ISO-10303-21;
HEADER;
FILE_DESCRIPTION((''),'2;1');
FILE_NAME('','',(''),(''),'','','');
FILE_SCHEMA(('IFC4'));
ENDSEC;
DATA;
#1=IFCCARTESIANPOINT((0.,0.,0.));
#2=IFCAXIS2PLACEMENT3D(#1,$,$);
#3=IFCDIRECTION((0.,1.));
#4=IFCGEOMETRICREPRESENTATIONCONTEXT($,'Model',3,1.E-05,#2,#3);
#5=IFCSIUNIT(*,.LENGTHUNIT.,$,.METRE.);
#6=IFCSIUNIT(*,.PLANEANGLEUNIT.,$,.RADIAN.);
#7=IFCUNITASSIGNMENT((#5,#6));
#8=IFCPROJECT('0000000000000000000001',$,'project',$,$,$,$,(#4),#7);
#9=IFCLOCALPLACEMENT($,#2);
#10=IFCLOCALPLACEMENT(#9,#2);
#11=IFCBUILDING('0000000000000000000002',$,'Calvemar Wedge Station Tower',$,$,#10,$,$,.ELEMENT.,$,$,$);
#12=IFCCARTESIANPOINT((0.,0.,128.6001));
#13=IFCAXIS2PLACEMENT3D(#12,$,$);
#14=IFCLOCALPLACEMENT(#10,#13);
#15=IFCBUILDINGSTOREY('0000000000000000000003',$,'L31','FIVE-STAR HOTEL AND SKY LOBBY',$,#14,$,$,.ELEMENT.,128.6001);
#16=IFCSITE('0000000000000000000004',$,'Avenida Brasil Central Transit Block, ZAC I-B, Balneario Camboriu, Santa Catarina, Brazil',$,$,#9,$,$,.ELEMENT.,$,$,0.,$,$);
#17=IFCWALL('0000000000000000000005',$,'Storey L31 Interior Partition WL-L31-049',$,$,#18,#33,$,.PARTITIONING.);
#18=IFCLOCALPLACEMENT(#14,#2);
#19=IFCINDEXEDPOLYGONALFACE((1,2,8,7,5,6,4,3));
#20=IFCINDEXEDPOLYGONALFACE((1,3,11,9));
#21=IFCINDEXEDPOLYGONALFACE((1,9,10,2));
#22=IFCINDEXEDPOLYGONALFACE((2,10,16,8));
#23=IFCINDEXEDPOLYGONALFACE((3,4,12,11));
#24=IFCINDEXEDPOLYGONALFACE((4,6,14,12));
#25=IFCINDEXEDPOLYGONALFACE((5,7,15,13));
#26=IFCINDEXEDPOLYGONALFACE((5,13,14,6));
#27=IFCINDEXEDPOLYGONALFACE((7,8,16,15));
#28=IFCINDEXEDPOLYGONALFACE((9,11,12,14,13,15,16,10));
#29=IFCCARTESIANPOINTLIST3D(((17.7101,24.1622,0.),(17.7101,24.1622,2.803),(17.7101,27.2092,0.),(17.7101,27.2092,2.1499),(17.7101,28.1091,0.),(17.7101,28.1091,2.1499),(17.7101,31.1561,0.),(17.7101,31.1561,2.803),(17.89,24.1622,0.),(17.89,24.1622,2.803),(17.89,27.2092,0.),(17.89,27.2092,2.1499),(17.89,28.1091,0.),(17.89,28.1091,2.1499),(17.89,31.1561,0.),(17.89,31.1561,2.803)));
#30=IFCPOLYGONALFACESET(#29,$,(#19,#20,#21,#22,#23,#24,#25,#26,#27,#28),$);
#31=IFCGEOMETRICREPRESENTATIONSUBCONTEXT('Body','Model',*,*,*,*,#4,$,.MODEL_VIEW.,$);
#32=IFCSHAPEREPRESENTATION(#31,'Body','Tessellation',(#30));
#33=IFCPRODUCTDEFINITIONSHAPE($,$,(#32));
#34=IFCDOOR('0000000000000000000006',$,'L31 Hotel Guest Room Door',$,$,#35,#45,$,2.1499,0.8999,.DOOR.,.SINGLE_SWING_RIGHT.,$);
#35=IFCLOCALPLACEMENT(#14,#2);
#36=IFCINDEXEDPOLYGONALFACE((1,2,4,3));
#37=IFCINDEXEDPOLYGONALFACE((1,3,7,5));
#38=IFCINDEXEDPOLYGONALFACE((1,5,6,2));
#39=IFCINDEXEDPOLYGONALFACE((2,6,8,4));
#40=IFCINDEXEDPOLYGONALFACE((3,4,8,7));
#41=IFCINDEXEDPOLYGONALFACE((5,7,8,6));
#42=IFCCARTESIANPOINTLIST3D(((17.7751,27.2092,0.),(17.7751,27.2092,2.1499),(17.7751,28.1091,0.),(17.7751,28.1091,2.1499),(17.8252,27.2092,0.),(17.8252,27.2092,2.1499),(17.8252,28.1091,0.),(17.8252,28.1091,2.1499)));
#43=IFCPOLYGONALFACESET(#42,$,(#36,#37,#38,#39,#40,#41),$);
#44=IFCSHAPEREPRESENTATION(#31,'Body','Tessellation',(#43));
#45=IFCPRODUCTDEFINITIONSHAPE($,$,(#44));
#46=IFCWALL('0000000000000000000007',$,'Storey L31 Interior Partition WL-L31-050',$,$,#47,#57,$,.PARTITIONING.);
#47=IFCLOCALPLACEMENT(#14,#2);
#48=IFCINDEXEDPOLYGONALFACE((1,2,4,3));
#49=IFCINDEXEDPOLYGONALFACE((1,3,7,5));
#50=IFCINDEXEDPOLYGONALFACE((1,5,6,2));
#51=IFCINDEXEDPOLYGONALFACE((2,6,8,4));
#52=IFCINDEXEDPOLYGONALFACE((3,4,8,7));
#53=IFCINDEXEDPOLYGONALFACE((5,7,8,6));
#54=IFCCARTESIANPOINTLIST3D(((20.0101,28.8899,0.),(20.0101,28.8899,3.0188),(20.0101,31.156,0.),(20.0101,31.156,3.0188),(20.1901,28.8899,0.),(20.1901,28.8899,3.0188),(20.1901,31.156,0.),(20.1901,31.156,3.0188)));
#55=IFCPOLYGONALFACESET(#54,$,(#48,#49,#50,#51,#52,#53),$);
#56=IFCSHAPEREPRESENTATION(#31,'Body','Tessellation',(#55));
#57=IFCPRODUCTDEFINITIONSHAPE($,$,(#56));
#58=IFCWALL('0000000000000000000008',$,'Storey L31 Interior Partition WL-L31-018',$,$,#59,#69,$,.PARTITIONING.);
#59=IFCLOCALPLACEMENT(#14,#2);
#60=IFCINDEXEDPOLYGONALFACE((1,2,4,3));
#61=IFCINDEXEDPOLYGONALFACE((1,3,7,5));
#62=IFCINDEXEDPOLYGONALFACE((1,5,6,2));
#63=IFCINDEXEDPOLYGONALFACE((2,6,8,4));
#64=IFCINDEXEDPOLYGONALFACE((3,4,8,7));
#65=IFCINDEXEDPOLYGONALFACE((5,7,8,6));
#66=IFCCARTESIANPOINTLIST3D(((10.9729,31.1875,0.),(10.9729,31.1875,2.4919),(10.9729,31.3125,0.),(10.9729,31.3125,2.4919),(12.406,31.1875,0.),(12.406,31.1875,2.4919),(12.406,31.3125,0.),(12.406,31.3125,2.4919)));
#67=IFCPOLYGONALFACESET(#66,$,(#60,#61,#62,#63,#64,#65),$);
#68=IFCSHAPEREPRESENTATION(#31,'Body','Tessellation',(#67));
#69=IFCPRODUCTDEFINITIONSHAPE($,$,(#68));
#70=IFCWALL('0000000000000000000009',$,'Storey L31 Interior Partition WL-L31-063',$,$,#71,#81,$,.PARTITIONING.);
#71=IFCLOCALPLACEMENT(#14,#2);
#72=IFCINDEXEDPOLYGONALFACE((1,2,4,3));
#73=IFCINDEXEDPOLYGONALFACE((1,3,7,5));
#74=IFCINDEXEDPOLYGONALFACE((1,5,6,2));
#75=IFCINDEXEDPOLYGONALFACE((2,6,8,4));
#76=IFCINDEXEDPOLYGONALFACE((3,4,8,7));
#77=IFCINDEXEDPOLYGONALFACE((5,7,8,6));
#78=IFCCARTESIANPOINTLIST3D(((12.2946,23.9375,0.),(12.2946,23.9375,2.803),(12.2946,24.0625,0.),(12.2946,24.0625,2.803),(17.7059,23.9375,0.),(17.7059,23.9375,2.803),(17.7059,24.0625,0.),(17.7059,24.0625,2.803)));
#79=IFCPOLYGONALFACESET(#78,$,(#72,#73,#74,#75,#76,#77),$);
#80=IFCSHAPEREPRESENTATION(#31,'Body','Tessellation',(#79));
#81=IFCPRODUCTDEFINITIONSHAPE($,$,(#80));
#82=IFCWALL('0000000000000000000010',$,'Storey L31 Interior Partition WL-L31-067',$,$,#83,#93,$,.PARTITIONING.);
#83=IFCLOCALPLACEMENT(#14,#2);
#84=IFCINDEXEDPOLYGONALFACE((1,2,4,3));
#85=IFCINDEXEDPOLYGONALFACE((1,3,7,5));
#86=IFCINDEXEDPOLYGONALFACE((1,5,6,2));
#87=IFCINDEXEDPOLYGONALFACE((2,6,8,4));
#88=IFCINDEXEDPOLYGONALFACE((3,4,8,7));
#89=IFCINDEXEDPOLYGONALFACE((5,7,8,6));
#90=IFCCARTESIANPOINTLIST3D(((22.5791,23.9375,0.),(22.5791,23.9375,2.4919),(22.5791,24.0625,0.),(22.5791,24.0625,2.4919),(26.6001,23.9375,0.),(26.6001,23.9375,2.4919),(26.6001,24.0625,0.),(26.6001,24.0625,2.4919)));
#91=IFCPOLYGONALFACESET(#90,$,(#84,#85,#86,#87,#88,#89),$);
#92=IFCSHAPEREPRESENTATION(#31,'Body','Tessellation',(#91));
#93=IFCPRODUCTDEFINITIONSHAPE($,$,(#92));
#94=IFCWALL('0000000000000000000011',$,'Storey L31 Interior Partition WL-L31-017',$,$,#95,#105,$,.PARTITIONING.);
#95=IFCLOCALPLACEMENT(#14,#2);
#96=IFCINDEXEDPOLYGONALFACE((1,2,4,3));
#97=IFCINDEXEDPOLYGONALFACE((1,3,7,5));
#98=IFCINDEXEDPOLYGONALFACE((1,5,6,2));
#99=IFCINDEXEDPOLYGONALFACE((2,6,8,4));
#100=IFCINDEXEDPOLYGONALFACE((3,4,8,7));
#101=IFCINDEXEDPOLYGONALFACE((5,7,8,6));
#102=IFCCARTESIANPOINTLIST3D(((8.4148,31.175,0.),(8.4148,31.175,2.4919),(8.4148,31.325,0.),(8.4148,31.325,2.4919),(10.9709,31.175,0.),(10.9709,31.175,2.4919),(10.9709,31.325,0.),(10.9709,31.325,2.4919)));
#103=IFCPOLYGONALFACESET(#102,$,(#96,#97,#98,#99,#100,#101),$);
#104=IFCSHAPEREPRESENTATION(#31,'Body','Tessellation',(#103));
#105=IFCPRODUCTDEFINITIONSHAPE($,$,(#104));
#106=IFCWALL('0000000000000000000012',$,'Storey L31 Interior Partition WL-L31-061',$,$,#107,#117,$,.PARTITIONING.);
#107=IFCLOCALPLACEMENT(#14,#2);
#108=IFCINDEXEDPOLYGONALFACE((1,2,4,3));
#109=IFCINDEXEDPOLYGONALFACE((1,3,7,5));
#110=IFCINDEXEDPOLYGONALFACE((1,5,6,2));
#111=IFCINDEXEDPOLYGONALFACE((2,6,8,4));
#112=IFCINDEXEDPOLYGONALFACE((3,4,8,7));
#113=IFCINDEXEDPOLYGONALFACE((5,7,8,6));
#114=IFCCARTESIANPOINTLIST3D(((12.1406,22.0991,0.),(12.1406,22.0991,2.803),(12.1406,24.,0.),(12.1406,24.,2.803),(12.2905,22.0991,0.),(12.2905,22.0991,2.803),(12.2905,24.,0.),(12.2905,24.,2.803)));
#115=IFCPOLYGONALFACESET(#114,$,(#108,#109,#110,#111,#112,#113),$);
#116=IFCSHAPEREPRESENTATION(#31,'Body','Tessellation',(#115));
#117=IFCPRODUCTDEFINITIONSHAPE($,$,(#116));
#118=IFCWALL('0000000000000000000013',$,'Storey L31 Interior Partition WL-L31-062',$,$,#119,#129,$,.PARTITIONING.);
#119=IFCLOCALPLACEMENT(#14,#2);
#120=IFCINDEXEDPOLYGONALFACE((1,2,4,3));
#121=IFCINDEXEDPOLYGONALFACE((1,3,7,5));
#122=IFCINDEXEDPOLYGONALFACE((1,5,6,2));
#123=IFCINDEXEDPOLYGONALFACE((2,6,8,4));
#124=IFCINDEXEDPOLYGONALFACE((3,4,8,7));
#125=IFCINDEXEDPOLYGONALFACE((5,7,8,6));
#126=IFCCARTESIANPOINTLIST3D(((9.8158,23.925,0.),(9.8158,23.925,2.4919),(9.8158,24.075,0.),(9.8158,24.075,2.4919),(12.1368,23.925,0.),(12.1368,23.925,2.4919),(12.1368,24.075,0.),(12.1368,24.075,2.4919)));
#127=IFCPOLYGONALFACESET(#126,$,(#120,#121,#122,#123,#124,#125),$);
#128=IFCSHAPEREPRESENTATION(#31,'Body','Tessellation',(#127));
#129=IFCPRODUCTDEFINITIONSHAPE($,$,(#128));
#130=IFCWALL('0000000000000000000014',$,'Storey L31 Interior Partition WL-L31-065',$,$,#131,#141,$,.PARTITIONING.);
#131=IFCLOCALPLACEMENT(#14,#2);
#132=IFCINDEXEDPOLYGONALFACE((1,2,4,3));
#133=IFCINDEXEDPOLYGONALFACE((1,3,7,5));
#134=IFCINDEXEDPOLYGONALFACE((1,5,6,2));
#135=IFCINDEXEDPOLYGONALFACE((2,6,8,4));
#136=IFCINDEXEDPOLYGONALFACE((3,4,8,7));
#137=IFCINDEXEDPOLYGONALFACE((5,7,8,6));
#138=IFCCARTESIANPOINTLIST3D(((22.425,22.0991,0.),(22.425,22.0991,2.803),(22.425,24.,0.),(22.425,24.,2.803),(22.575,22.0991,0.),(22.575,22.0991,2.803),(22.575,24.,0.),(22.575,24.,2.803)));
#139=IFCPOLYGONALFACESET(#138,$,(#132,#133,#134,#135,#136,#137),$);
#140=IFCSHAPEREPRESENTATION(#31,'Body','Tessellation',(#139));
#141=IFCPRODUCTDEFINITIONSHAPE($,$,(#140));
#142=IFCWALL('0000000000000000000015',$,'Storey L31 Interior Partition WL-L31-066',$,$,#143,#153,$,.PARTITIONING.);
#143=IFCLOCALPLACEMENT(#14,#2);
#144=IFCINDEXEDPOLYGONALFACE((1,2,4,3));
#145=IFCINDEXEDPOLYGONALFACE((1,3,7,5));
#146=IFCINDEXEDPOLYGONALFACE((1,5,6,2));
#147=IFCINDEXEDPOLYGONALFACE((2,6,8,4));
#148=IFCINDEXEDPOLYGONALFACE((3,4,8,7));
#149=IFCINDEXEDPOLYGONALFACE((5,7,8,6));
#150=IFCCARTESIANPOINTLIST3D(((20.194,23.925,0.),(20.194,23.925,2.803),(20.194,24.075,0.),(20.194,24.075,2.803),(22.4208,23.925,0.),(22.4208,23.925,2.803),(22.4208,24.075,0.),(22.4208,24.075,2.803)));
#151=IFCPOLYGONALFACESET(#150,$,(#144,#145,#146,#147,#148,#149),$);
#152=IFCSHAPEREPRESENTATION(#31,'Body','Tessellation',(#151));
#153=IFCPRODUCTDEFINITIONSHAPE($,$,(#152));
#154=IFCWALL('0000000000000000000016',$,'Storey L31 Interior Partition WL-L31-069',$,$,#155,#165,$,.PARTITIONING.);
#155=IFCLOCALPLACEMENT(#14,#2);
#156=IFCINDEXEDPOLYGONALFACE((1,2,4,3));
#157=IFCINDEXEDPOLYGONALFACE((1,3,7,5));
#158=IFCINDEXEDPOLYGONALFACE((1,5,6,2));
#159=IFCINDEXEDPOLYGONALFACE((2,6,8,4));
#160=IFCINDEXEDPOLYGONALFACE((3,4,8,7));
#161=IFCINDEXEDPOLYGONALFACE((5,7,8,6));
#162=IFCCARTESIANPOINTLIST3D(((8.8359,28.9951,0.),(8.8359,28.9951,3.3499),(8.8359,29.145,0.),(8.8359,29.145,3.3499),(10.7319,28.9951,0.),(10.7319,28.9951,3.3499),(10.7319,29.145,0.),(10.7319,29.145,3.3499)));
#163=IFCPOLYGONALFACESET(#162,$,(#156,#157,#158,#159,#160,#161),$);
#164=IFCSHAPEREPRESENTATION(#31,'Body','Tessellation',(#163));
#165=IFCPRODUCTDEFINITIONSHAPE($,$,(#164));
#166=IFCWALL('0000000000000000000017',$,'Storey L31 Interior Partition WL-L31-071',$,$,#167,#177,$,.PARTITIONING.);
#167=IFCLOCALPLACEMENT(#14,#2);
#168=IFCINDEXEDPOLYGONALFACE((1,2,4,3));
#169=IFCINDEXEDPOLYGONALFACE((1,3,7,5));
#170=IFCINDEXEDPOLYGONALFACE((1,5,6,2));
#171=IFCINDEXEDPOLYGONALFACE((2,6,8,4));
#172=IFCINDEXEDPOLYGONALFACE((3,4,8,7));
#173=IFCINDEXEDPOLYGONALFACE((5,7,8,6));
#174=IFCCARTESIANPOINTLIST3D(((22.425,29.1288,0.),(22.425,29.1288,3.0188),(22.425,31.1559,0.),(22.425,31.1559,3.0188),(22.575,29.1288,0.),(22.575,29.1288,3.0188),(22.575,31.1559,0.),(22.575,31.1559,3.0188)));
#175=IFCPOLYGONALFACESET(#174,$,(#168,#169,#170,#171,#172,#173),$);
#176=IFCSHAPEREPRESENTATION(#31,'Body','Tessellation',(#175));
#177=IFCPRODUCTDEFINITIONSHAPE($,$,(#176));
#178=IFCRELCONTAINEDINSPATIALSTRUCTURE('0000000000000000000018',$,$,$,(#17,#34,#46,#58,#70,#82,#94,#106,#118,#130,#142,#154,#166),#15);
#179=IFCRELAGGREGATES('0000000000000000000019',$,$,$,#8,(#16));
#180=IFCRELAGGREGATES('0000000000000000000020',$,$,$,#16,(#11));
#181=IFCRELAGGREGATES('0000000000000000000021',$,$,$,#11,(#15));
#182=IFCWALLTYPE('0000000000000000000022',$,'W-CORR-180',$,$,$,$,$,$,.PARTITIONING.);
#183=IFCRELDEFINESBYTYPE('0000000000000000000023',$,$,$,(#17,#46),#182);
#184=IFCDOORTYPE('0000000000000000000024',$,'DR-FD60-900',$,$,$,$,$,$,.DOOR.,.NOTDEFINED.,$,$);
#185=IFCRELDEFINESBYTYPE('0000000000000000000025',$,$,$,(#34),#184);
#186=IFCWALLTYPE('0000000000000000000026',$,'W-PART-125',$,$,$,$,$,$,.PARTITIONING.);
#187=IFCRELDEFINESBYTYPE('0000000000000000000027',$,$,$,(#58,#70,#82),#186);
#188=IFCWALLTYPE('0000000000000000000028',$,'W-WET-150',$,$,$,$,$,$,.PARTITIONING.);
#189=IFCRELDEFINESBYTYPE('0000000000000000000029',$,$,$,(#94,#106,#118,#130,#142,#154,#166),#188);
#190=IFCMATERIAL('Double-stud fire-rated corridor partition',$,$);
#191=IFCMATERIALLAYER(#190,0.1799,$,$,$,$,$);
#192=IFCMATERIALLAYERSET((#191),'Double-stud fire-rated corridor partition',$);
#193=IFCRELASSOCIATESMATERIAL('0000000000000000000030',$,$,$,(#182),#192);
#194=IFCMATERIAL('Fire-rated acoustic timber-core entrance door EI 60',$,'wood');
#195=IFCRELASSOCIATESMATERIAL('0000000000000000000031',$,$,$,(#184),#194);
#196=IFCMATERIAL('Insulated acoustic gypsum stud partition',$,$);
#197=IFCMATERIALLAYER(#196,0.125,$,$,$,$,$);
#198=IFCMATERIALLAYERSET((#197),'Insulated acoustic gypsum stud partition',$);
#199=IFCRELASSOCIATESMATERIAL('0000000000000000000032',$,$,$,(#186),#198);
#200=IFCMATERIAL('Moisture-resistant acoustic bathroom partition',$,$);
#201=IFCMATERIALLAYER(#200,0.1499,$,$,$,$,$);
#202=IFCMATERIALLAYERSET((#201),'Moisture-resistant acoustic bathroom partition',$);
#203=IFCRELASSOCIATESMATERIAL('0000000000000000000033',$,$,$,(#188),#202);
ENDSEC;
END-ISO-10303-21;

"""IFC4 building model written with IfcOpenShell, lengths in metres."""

from ifc_helpers import new_model, si_unit, direction, frame, frame_2d, origin, place, context, subcontext, project, spatial, rectangle, extrude, source, transform, mapped, material, layer, layer_set, type_object, element, fill, save


model = new_model("IFC4")

# Units and contexts
model_context = context("Model", 3, precision=1e-05, world=origin(), true_north=direction((0.0, 1.0)))
body_context = subcontext(model_context, "Body", "Model", "MODEL_VIEW")
ifc_project = project(units=[si_unit("LENGTHUNIT", "METRE"), si_unit("PLANEANGLEUNIT", "RADIAN")], contexts=[model_context])

# Site, building, storey
site_placement = place(None, origin())
site = spatial("IfcSite", under=ifc_project, at=site_placement, Name="Avenida Brasil Central Transit Block, ZAC I-B, Balneario Camboriu, Santa Catarina, Brazil", CompositionType="ELEMENT", RefElevation=0.0)
building_placement = place(site_placement, origin())
building = spatial("IfcBuilding", under=site, at=building_placement, Name="Calvemar Wedge Station Tower", CompositionType="ELEMENT")
storey_placement = place(building_placement, frame((0.0, 0.0, 128.6001)))
storey = spatial("IfcBuildingStorey", under=building, at=storey_placement, Name="L31", Description="FIVE-STAR HOTEL AND SKY LOBBY", CompositionType="ELEMENT", Elevation=128.6001)

# Shared definitions
ifc_material_1 = material(Name="Double-stud fire-rated corridor partition")
ifc_layer_1 = layer(ifc_material_1, 0.1799)
ifc_layer_set_1 = layer_set([ifc_layer_1], Name="Double-stud fire-rated corridor partition")
wall_type_1 = type_object("IfcWallType", Name="W-CORR-180", PredefinedType="PARTITIONING", material=ifc_layer_set_1)

# Wall, opening, door
wall_1_placement = place(storey_placement, frame((17.8, 24.1621, 0.0), z_axis=(0.0, 0.0, 1.0), x_axis=(0.0, 1.0, 0.0)))
wall_1 = element("IfcWall", 1, at=wall_1_placement, inside=storey, type_object=wall_type_1, Name="Storey L31 Interior Partition WL-L31-049", PredefinedType="PARTITIONING", context=body_context, shape_type="SweptSolid", body=[
    extrude(rectangle(XDim=6.9939, YDim=0.1799, at=frame_2d((3.4971, 0.0))), origin(), (0.0, 0.0, 1.0), 2.803),
])
shared_shape_1 = source(origin(), body_context, "Body", "SweptSolid", [
    extrude(rectangle(XDim=0.8999, YDim=2.1499, at=frame_2d((0.45, 1.075))), frame((0.0, 0.1001, 0.0), z_axis=(0.0, -1.0, 0.0), x_axis=(1.0, 0.0, 0.0)), (0.0, 0.0, 1.0), 0.2),
])
opening_1_placement = place(wall_1_placement, frame((3.0471, 0.0, 0.0)))
opening_1 = element("IfcOpeningElement", 2, at=opening_1_placement, cuts=wall_1, PredefinedType="OPENING", context=body_context, shape_type="MappedRepresentation", body=[
    mapped(shared_shape_1, transform((0.0, 0.0, 0.0), scale=1.0)),
])
ifc_material_2 = material(Name="Fire-rated acoustic timber-core entrance door EI 60", Category="wood")
door_type_1 = type_object("IfcDoorType", Name="DR-FD60-900", OperationType="NOTDEFINED", PredefinedType="DOOR", material=ifc_material_2)
shared_shape_2 = source(origin(), body_context, "Body", "SweptSolid", [
    extrude(rectangle(XDim=0.8999, YDim=2.1499, at=frame_2d((0.45, 1.075))), frame((0.0, 0.0249, 0.0), z_axis=(0.0, -1.0, 0.0), x_axis=(1.0, 0.0, 0.0)), (0.0, 0.0, 1.0), 0.05),
])
door_1_placement = place(opening_1_placement, origin())
door_1 = element("IfcDoor", 3, at=door_1_placement, inside=storey, type_object=door_type_1, Name="L31 Hotel Guest Room Door", OperationType="SINGLE_SWING_RIGHT", OverallHeight=2.1499, OverallWidth=0.8999, PredefinedType="DOOR", context=body_context, shape_type="MappedRepresentation", body=[
    mapped(shared_shape_2, transform((0.0, 0.0, 0.0), scale=1.0)),
])
fill(opening_1, door_1)

# Wall
wall_2_placement = place(storey_placement, frame((20.1001, 31.156, 0.0), z_axis=(0.0, 0.0, 1.0), x_axis=(0.0, -1.0, 0.0)))
element("IfcWall", 4, at=wall_2_placement, inside=storey, type_object=wall_type_1, Name="Storey L31 Interior Partition WL-L31-050", PredefinedType="PARTITIONING", context=body_context, shape_type="SweptSolid", body=[
    extrude(rectangle(XDim=2.2661, YDim=0.1799, at=frame_2d((1.1331, 0.0))), origin(), (0.0, 0.0, 1.0), 3.0188),
])

# Walls
ifc_material_3 = material(Name="Insulated acoustic gypsum stud partition")
ifc_layer_2 = layer(ifc_material_3, 0.125)
ifc_layer_set_2 = layer_set([ifc_layer_2], Name="Insulated acoustic gypsum stud partition")
wall_type_2 = type_object("IfcWallType", Name="W-PART-125", PredefinedType="PARTITIONING", material=ifc_layer_set_2)
wall_3_placement = place(storey_placement, frame((12.406, 31.25, 0.0), z_axis=(0.0, 0.0, 1.0), x_axis=(-1.0, 0.0, 0.0)))
element("IfcWall", 5, at=wall_3_placement, inside=storey, type_object=wall_type_2, Name="Storey L31 Interior Partition WL-L31-018", PredefinedType="PARTITIONING", context=body_context, shape_type="SweptSolid", body=[
    extrude(rectangle(XDim=1.4331, YDim=0.125, at=frame_2d((0.7166, 0.0))), origin(), (0.0, 0.0, 1.0), 2.4919),
])
wall_4_placement = place(storey_placement, frame((12.2947, 24.0, 0.0), z_axis=(0.0, 0.0, 1.0), x_axis=(1.0, 0.0, 0.0)))
element("IfcWall", 6, at=wall_4_placement, inside=storey, type_object=wall_type_2, Name="Storey L31 Interior Partition WL-L31-063", PredefinedType="PARTITIONING", context=body_context, shape_type="SweptSolid", body=[
    extrude(rectangle(XDim=5.4114, YDim=0.125, at=frame_2d((2.7056, 0.0))), origin(), (0.0, 0.0, 1.0), 2.803),
])
wall_5_placement = place(storey_placement, frame((22.5791, 24.0, 0.0), z_axis=(0.0, 0.0, 1.0), x_axis=(1.0, 0.0, 0.0)))
element("IfcWall", 7, at=wall_5_placement, inside=storey, type_object=wall_type_2, Name="Storey L31 Interior Partition WL-L31-067", PredefinedType="PARTITIONING", context=body_context, shape_type="SweptSolid", body=[
    extrude(rectangle(XDim=4.021, YDim=0.125, at=frame_2d((2.0105, 0.0))), origin(), (0.0, 0.0, 1.0), 2.4919),
])
ifc_material_4 = material(Name="Moisture-resistant acoustic bathroom partition")
ifc_layer_3 = layer(ifc_material_4, 0.1499)
ifc_layer_set_3 = layer_set([ifc_layer_3], Name="Moisture-resistant acoustic bathroom partition")
wall_type_3 = type_object("IfcWallType", Name="W-WET-150", PredefinedType="PARTITIONING", material=ifc_layer_set_3)
wall_6_placement = place(storey_placement, frame((10.9709, 31.25, 0.0), z_axis=(0.0, 0.0, 1.0), x_axis=(-1.0, 0.0, 0.0)))
element("IfcWall", 8, at=wall_6_placement, inside=storey, type_object=wall_type_3, Name="Storey L31 Interior Partition WL-L31-017", PredefinedType="PARTITIONING", context=body_context, shape_type="SweptSolid", body=[
    extrude(rectangle(XDim=2.5562, YDim=0.1499, at=frame_2d((1.2781, 0.0))), origin(), (0.0, 0.0, 1.0), 2.4919),
])
wall_7_placement = place(storey_placement, frame((12.2156, 24.0, 0.0), z_axis=(0.0, 0.0, 1.0), x_axis=(0.0, -1.0, 0.0)))
element("IfcWall", 9, at=wall_7_placement, inside=storey, type_object=wall_type_3, Name="Storey L31 Interior Partition WL-L31-061", PredefinedType="PARTITIONING", context=body_context, shape_type="SweptSolid", body=[
    extrude(rectangle(XDim=1.9009, YDim=0.1499, at=frame_2d((0.9504, 0.0))), origin(), (0.0, 0.0, 1.0), 2.803),
])
wall_8_placement = place(storey_placement, frame((9.8157, 24.0, 0.0), z_axis=(0.0, 0.0, 1.0), x_axis=(1.0, 0.0, 0.0)))
element("IfcWall", 10, at=wall_8_placement, inside=storey, type_object=wall_type_3, Name="Storey L31 Interior Partition WL-L31-062", PredefinedType="PARTITIONING", context=body_context, shape_type="SweptSolid", body=[
    extrude(rectangle(XDim=2.321, YDim=0.1499, at=frame_2d((1.1606, 0.0))), origin(), (0.0, 0.0, 1.0), 2.4919),
])

# Walls
wall_9_placement = place(storey_placement, frame((22.5, 24.0, 0.0), z_axis=(0.0, 0.0, 1.0), x_axis=(0.0, -1.0, 0.0)))
element("IfcWall", 11, at=wall_9_placement, inside=storey, type_object=wall_type_3, Name="Storey L31 Interior Partition WL-L31-065", PredefinedType="PARTITIONING", context=body_context, shape_type="SweptSolid", body=[
    extrude(rectangle(XDim=1.9009, YDim=0.1499, at=frame_2d((0.9504, 0.0))), origin(), (0.0, 0.0, 1.0), 2.803),
])
wall_10_placement = place(storey_placement, frame((20.1941, 24.0, 0.0), z_axis=(0.0, 0.0, 1.0), x_axis=(1.0, 0.0, 0.0)))
element("IfcWall", 12, at=wall_10_placement, inside=storey, type_object=wall_type_3, Name="Storey L31 Interior Partition WL-L31-066", PredefinedType="PARTITIONING", context=body_context, shape_type="SweptSolid", body=[
    extrude(rectangle(XDim=2.2268, YDim=0.1499, at=frame_2d((1.1133, 0.0))), origin(), (0.0, 0.0, 1.0), 2.803),
])

# Wall
wall_11_placement = place(storey_placement, frame((10.7319, 29.0701, 0.0), z_axis=(0.0, 0.0, 1.0), x_axis=(-1.0, 0.0, 0.0)))
element("IfcWall", 13, at=wall_11_placement, inside=storey, type_object=wall_type_3, Name="Storey L31 Interior Partition WL-L31-069", PredefinedType="PARTITIONING", context=body_context, shape_type="SweptSolid", body=[
    extrude(rectangle(XDim=1.896, YDim=0.1499, at=frame_2d((0.948, 0.0))), origin(), (0.0, 0.0, 1.0), 3.3499),
])

# Wall
wall_12_placement = place(storey_placement, frame((22.5, 31.156, 0.0), z_axis=(0.0, 0.0, 1.0), x_axis=(0.0, -1.0, 0.0)))
element("IfcWall", 14, at=wall_12_placement, inside=storey, type_object=wall_type_3, Name="Storey L31 Interior Partition WL-L31-071", PredefinedType="PARTITIONING", context=body_context, shape_type="SweptSolid", body=[
    extrude(rectangle(XDim=2.0271, YDim=0.1499, at=frame_2d((1.0137, 0.0))), origin(), (0.0, 0.0, 1.0), 3.0188),
])

save(model, "model.ifc")
